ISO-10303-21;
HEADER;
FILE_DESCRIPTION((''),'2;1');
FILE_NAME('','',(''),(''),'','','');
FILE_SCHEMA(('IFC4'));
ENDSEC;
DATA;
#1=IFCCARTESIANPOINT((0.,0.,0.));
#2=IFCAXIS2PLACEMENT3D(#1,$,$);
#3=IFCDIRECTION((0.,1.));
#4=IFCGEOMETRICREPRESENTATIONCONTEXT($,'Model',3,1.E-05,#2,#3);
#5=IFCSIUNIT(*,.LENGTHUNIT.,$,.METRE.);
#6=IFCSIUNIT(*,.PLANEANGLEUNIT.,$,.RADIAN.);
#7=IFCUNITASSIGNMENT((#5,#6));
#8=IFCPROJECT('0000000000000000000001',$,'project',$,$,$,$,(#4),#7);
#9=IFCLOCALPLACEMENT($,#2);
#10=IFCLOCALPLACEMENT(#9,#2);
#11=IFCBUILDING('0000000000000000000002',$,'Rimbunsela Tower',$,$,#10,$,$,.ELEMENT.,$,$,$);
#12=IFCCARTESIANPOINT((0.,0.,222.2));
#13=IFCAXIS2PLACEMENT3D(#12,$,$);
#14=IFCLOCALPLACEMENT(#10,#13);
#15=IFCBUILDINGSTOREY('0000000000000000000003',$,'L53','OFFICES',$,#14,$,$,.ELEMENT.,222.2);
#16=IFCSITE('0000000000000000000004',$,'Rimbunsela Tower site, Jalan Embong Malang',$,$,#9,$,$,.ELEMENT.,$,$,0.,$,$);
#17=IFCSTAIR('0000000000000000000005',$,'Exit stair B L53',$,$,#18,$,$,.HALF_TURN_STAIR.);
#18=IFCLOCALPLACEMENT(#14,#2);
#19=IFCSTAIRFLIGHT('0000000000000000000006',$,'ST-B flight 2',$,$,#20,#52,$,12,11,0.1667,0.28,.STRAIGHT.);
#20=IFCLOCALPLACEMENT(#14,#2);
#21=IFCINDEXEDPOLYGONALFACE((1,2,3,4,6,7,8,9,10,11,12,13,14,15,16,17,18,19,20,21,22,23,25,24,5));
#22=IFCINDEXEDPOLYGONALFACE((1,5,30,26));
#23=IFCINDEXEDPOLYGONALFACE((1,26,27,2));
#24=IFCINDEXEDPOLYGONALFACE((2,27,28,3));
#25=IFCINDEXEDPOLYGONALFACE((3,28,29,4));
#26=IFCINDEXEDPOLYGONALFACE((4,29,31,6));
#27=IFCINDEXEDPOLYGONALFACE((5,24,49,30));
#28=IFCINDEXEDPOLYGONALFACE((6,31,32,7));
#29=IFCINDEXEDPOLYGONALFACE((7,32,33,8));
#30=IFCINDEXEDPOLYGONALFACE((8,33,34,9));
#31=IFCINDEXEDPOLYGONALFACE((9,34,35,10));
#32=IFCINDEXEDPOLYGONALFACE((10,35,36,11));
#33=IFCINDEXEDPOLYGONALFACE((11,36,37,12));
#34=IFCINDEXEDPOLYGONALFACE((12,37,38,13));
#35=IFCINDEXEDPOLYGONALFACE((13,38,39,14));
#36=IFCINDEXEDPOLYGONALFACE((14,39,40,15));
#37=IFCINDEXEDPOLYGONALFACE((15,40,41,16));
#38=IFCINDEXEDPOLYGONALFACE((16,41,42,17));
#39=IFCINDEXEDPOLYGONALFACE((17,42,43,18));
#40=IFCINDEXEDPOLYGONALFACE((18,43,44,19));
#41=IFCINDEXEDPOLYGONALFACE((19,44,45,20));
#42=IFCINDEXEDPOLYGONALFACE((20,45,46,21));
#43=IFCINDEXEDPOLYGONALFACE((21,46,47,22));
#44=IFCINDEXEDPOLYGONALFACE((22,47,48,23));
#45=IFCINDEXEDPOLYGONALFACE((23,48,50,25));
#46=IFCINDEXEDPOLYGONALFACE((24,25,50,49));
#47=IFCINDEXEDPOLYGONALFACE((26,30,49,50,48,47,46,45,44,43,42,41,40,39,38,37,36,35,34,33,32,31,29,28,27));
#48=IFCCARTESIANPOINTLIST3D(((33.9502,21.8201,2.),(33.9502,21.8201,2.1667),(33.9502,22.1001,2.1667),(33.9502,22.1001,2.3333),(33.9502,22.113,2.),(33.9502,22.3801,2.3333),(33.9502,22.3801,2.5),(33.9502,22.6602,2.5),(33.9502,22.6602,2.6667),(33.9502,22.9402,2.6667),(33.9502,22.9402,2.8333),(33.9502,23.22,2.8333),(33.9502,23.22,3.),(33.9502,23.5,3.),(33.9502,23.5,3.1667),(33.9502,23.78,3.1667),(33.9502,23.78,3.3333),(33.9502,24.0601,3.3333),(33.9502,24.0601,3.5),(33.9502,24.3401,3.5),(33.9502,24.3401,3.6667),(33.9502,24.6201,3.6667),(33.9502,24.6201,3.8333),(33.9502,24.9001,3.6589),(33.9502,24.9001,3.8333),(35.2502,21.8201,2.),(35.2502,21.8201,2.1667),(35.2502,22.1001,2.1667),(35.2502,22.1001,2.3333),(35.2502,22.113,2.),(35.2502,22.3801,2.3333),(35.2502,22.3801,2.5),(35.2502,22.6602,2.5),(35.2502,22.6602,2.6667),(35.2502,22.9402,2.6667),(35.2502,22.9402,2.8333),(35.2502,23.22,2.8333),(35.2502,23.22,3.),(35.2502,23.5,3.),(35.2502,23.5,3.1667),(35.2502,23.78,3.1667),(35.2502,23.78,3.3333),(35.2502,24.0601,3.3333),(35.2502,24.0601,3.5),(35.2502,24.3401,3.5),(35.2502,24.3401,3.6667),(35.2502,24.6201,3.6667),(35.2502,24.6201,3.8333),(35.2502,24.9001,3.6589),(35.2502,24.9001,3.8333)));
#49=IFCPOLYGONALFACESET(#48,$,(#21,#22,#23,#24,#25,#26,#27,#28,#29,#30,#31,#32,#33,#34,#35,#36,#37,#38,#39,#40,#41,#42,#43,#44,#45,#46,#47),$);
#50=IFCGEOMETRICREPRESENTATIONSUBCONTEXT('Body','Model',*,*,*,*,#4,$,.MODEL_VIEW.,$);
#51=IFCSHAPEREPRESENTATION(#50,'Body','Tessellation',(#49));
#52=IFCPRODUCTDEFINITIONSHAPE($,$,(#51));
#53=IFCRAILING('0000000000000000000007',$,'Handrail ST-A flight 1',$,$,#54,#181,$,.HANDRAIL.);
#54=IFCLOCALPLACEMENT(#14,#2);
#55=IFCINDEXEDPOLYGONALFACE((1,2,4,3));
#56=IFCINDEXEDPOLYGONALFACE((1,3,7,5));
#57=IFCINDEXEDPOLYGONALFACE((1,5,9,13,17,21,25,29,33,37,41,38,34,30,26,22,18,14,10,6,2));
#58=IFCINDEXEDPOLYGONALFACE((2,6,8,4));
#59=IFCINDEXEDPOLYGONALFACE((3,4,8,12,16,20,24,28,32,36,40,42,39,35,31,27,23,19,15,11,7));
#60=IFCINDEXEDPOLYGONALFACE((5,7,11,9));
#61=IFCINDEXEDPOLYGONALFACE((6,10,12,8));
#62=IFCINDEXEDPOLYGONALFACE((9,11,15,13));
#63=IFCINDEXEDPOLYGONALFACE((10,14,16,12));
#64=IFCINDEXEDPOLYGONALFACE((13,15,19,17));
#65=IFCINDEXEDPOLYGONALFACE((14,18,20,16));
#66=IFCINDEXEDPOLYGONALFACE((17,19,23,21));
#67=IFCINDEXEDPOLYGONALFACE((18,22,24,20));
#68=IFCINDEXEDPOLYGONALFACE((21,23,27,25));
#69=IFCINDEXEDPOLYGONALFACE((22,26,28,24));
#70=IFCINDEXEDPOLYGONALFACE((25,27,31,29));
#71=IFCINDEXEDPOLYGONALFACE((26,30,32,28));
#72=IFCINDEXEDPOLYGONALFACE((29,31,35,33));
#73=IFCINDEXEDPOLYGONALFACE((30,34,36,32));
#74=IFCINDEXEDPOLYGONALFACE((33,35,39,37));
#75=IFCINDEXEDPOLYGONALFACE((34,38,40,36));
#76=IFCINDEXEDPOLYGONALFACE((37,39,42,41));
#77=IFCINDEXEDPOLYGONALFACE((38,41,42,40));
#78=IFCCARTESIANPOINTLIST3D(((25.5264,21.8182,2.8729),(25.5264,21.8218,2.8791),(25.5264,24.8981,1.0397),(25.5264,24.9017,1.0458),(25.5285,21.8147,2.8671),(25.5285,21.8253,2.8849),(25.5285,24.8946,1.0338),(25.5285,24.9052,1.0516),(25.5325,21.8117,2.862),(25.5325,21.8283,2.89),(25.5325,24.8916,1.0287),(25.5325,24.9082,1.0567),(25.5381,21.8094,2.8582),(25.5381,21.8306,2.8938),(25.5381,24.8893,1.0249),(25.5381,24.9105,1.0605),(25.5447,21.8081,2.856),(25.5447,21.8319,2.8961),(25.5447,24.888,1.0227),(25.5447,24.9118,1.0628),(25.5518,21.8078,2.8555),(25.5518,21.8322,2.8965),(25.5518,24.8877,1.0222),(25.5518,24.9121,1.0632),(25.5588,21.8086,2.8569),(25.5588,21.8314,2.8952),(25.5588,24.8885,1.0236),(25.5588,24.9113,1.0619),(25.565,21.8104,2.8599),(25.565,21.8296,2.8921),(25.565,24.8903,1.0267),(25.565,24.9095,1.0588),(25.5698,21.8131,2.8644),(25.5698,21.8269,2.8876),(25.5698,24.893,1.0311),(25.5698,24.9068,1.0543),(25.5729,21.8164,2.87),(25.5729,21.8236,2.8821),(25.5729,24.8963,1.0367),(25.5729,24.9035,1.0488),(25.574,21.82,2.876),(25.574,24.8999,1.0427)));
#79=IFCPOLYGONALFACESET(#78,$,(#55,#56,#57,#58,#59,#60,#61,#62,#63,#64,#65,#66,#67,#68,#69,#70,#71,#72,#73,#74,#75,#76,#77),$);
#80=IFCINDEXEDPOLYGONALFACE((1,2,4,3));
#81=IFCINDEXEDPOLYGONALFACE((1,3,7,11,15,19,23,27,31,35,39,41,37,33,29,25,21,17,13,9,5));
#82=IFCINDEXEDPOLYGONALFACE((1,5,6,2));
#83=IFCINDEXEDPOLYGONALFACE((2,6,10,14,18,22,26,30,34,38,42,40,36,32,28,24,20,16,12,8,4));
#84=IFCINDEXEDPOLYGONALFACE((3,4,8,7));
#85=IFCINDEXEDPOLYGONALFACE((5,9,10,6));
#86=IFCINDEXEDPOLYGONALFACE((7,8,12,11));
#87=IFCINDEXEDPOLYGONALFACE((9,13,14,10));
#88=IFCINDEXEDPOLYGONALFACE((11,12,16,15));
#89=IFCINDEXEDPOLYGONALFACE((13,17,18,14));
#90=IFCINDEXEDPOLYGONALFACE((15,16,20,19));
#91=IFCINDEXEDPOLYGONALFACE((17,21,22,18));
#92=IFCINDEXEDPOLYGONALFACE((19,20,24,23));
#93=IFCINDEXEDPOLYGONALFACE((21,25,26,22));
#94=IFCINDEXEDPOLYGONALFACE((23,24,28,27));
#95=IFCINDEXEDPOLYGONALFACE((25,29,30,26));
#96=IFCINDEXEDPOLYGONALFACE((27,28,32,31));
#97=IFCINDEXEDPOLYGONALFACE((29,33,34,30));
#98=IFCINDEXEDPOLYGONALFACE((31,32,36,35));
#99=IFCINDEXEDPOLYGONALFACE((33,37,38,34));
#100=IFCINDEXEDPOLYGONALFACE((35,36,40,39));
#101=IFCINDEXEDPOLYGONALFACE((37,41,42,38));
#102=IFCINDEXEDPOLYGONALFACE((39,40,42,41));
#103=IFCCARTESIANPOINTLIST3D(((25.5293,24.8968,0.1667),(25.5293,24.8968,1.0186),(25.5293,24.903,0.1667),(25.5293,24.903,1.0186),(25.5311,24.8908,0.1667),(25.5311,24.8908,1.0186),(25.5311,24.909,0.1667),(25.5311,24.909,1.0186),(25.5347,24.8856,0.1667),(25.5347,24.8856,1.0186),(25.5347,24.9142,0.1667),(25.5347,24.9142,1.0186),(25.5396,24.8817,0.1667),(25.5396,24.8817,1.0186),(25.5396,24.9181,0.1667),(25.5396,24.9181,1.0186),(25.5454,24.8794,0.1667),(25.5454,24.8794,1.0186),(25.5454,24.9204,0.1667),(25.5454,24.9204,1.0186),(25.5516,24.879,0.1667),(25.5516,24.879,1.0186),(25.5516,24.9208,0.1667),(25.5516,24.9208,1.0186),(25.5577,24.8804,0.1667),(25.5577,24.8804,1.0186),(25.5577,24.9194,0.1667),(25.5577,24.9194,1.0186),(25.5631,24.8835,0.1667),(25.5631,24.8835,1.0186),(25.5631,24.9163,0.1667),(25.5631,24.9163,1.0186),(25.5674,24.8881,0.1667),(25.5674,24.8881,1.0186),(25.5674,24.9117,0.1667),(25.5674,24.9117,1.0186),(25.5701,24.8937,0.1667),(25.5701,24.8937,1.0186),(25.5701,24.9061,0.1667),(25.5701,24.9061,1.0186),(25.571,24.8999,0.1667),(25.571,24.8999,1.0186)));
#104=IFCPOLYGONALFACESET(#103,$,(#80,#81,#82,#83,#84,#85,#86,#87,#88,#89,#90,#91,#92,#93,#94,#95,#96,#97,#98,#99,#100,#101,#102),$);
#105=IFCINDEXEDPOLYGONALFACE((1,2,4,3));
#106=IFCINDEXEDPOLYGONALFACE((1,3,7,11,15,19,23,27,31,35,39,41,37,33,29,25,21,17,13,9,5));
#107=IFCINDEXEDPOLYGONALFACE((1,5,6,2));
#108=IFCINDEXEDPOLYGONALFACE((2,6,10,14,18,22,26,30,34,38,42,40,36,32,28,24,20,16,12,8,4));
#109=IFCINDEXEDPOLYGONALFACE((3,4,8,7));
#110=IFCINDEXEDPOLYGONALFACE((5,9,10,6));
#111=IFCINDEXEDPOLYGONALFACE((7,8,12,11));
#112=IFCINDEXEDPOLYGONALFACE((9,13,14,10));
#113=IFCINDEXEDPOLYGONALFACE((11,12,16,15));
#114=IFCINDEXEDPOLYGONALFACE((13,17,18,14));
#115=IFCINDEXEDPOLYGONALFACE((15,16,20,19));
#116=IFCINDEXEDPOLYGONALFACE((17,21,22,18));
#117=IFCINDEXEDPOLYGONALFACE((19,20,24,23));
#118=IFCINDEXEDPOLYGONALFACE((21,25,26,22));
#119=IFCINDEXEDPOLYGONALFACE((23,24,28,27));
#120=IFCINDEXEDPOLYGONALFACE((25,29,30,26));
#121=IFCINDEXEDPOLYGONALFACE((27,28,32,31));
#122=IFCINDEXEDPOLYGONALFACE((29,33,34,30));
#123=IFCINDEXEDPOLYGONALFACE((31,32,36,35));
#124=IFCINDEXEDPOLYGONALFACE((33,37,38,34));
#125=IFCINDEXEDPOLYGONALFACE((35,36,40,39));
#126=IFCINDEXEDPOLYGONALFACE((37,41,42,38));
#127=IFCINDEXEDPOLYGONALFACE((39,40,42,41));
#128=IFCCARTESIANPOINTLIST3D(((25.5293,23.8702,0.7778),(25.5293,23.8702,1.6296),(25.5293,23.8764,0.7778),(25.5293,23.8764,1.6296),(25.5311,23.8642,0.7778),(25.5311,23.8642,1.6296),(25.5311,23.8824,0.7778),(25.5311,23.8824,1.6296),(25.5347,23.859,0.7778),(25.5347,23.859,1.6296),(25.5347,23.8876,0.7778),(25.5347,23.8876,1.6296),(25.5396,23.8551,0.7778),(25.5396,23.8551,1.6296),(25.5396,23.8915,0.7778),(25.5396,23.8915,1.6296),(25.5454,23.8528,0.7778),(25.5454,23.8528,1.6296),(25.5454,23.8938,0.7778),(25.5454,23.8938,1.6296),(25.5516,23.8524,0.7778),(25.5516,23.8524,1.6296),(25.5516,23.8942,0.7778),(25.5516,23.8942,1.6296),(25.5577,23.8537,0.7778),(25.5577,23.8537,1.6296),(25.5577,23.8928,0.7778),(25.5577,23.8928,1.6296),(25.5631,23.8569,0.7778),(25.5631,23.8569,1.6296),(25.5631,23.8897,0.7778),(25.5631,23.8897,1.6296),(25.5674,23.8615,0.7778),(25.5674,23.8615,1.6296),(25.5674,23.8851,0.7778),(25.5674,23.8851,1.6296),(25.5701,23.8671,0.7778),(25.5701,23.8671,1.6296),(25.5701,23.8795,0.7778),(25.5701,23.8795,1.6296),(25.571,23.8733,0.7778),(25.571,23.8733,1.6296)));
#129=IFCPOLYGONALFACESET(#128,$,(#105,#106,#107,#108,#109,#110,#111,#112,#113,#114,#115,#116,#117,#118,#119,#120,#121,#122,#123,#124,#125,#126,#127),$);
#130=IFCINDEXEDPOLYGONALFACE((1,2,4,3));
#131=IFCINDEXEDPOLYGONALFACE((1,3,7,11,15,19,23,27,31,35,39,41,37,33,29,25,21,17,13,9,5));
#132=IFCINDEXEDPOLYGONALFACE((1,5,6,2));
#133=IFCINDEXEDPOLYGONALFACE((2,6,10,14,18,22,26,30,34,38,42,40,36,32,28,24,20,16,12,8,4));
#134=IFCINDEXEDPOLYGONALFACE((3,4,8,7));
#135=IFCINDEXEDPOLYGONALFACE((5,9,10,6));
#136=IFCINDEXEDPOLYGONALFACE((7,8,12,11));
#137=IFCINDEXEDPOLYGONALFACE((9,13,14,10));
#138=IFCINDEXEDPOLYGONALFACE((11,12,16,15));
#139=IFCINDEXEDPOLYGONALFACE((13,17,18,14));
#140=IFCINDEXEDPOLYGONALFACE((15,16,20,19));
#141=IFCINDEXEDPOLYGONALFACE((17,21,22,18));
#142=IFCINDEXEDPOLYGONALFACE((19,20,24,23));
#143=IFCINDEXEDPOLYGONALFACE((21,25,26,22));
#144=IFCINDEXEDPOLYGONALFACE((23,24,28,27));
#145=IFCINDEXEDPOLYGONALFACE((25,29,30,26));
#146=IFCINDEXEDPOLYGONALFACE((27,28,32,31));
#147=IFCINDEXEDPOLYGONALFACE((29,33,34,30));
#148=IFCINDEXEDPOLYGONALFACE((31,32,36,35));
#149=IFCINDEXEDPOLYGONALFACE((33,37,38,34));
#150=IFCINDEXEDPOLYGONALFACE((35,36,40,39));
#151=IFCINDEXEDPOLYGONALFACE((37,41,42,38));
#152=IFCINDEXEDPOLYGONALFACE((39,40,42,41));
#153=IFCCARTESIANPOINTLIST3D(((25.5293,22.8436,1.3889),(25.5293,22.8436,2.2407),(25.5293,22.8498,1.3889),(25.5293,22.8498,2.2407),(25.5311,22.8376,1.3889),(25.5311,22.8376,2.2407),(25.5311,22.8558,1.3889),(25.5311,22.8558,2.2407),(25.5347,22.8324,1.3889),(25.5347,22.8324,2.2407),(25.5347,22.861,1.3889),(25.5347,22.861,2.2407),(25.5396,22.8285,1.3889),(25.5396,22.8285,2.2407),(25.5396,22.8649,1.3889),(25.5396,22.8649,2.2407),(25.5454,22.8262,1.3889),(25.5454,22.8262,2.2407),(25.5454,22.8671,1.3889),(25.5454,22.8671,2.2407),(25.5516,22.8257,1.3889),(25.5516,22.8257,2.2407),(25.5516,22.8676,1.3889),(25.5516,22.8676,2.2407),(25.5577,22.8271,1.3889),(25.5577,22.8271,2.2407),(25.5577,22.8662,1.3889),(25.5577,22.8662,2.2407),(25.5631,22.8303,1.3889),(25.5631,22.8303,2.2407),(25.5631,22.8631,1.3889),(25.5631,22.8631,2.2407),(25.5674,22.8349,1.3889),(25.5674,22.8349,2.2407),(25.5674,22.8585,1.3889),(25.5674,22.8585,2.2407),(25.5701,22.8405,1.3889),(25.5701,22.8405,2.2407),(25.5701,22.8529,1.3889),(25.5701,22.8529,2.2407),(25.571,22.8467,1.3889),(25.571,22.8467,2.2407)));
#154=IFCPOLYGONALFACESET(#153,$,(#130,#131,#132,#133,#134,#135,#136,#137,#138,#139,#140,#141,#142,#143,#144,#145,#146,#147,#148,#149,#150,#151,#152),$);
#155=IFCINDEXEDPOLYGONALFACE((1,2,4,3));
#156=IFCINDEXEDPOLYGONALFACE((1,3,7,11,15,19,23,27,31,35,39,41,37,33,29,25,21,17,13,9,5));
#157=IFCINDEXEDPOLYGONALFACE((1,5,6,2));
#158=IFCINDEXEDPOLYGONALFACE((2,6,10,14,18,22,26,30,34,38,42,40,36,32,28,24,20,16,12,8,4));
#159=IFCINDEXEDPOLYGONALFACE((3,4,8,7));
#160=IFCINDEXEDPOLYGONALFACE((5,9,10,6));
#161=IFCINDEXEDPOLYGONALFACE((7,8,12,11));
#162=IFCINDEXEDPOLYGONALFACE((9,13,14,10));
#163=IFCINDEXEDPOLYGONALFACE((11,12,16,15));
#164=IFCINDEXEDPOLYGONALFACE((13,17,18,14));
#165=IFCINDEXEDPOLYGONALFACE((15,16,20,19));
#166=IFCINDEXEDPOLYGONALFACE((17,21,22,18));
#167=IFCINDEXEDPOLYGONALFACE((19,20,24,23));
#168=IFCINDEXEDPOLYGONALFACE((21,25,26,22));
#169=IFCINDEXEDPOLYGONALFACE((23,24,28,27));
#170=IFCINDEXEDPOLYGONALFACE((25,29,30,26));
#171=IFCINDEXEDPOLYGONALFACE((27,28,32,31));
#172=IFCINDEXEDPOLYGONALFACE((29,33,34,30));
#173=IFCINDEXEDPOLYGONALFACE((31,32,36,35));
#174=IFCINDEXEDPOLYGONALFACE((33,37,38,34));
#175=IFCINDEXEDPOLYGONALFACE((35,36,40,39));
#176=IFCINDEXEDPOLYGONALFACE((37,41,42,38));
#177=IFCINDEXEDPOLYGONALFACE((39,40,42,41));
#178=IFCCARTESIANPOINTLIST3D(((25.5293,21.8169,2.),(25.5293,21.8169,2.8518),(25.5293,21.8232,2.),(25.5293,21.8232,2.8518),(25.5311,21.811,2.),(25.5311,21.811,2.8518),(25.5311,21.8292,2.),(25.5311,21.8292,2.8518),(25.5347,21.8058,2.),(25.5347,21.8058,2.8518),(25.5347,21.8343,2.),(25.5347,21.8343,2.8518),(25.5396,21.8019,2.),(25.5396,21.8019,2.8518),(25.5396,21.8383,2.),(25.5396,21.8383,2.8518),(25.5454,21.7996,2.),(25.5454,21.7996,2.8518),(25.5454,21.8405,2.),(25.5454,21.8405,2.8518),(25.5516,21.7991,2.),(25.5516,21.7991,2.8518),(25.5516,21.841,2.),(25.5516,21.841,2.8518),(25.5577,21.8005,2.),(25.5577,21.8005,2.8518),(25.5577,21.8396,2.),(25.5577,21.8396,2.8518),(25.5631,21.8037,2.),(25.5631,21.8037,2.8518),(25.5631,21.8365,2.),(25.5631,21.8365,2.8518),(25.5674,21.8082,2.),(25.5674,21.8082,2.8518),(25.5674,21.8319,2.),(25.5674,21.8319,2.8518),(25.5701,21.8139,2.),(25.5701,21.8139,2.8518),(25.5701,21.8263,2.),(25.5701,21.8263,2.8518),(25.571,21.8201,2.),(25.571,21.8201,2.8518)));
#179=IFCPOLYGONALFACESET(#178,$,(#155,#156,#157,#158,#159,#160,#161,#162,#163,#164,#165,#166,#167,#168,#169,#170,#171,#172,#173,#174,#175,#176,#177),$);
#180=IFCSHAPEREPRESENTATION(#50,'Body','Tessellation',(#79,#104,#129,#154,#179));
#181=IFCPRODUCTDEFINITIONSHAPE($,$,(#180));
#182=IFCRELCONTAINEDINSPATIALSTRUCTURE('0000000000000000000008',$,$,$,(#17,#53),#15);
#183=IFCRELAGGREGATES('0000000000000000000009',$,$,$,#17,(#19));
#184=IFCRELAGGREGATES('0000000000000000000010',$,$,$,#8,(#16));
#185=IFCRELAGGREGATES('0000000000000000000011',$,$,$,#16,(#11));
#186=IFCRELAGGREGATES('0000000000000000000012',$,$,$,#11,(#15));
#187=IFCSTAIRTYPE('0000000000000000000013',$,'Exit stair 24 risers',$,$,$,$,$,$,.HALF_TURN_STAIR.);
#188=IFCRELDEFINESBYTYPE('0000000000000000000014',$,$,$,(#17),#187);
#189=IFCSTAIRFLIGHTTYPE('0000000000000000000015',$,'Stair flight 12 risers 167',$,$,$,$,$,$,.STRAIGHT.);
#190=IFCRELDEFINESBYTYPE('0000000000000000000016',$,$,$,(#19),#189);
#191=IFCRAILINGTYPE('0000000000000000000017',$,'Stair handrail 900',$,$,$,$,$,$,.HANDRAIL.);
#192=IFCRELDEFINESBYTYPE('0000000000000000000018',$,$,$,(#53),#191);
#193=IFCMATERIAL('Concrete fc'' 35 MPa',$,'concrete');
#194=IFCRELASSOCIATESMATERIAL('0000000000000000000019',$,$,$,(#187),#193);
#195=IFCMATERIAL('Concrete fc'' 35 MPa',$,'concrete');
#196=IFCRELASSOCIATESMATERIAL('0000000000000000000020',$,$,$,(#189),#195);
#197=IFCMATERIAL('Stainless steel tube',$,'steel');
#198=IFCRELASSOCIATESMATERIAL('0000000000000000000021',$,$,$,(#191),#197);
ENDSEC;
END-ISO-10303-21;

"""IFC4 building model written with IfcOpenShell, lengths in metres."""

from ifc_helpers import new_model, si_unit, direction, frame, origin, origin_2d, place, context, subcontext, project, spatial, polyline, circle, outline, extrude, material, type_object, element, aggregate, save


model = new_model("IFC4")

# Units and contexts
model_context = context("Model", 3, precision=1e-05, world=origin(), true_north=direction((0.0, 1.0)))
body_context = subcontext(model_context, "Body", "Model", "MODEL_VIEW")
ifc_project = project(units=[si_unit("LENGTHUNIT", "METRE"), si_unit("PLANEANGLEUNIT", "RADIAN")], contexts=[model_context])

# Site, building, storey
site_placement = place(None, origin())
site = spatial("IfcSite", under=ifc_project, at=site_placement, Name="Rimbunsela Tower site, Jalan Embong Malang", CompositionType="ELEMENT", RefElevation=0.0)
building_placement = place(site_placement, origin())
building = spatial("IfcBuilding", under=site, at=building_placement, Name="Rimbunsela Tower", CompositionType="ELEMENT")
storey_placement = place(building_placement, frame((0.0, 0.0, 222.2)))
storey = spatial("IfcBuildingStorey", under=building, at=storey_placement, Name="L53", Description="OFFICES", CompositionType="ELEMENT", Elevation=222.2)

# Stair, stair flight
ifc_material_1 = material(Name="Concrete fc' 35 MPa", Category="concrete")
stair_type = type_object("IfcStairType", Name="Exit stair 24 risers", PredefinedType="HALF_TURN_STAIR", material=ifc_material_1)
ifc_material_2 = material(Name="Concrete fc' 35 MPa", Category="concrete")
stair_flight_type = type_object("IfcStairFlightType", Name="Stair flight 12 risers 167", PredefinedType="STRAIGHT", material=ifc_material_2)
stair_1_placement = place(storey_placement, origin())
stair_1 = element("IfcStair", 1, at=stair_1_placement, inside=storey, type_object=stair_type, Name="Exit stair B L53", PredefinedType="HALF_TURN_STAIR")
stair_flight_1_placement = place(storey_placement, frame((34.6001, 21.8201, 2.0), z_axis=(0.0, 0.0, 1.0), x_axis=(0.0, 1.0, 0.0)))
stair_flight_1 = element("IfcStairFlight", 2, at=stair_flight_1_placement, type_object=stair_flight_type, Name="ST-B flight 2", NumberOfRisers=12, NumberOfTreads=11, PredefinedType="STRAIGHT", RiserHeight=0.1667, TreadLength=0.28, context=body_context, shape_type="SweptSolid", body=[
    extrude(outline(polyline([(0.0, 0.0), (0.0, 0.1667), (0.28, 0.1667), (0.28, 0.3333), (0.5601, 0.3333), (0.5601, 0.5), (0.8401, 0.5), (0.8401, 0.6667), (1.1201, 0.6667), (1.1201, 0.8333), (1.3999, 0.8333), (1.3999, 1.0), (1.6799, 1.0), (1.6799, 1.1667), (1.96, 1.1667), (1.96, 1.3333), (2.24, 1.3333), (2.24, 1.5), (2.52, 1.5), (2.52, 1.6667), (2.8, 1.6667), (2.8, 1.8333), (3.0801, 1.8333), (3.0801, 2.0), (3.0801, 1.6589), (0.293, 0.0), (0.0, 0.0)])), frame((0.0, 0.6499, 0.0), z_axis=(0.0, -1.0, 0.0), x_axis=(1.0, 0.0, 0.0)), (0.0, 0.0, 1.0), 1.3),
])
aggregate(stair_1, [stair_flight_1])

# Railing
ifc_material_3 = material(Name="Stainless steel tube", Category="steel")
railing_type = type_object("IfcRailingType", Name="Stair handrail 900", PredefinedType="HANDRAIL", material=ifc_material_3)
railing_1_placement = place(storey_placement, frame((25.55, 24.8999, 0.1667)))
element("IfcRailing", 3, at=railing_1_placement, inside=storey, type_object=railing_type, Name="Handrail ST-A flight 1", PredefinedType="HANDRAIL", context=body_context, shape_type="SweptSolid", body=[
    extrude(circle(Radius=0.0239, at=origin_2d()), frame((0.0, 0.0, 0.876), z_axis=(0.0, -0.859291, 0.511487), x_axis=(1.0, 0.0, 0.0)), (0.0, 0.0, 1.0), 3.5842),
    extrude(circle(Radius=0.021, at=origin_2d()), origin(), (0.0, 0.0, 1.0), 0.8518),
    extrude(circle(Radius=0.021, at=origin_2d()), frame((0.0, -1.0266, 0.6111)), (0.0, 0.0, 1.0), 0.8518),
    extrude(circle(Radius=0.021, at=origin_2d()), frame((0.0, -2.0532, 1.2222)), (0.0, 0.0, 1.0), 0.8518),
    extrude(circle(Radius=0.021, at=origin_2d()), frame((0.0, -3.0798, 1.8333)), (0.0, 0.0, 1.0), 0.8518),
])

save(model, "model.ifc")
